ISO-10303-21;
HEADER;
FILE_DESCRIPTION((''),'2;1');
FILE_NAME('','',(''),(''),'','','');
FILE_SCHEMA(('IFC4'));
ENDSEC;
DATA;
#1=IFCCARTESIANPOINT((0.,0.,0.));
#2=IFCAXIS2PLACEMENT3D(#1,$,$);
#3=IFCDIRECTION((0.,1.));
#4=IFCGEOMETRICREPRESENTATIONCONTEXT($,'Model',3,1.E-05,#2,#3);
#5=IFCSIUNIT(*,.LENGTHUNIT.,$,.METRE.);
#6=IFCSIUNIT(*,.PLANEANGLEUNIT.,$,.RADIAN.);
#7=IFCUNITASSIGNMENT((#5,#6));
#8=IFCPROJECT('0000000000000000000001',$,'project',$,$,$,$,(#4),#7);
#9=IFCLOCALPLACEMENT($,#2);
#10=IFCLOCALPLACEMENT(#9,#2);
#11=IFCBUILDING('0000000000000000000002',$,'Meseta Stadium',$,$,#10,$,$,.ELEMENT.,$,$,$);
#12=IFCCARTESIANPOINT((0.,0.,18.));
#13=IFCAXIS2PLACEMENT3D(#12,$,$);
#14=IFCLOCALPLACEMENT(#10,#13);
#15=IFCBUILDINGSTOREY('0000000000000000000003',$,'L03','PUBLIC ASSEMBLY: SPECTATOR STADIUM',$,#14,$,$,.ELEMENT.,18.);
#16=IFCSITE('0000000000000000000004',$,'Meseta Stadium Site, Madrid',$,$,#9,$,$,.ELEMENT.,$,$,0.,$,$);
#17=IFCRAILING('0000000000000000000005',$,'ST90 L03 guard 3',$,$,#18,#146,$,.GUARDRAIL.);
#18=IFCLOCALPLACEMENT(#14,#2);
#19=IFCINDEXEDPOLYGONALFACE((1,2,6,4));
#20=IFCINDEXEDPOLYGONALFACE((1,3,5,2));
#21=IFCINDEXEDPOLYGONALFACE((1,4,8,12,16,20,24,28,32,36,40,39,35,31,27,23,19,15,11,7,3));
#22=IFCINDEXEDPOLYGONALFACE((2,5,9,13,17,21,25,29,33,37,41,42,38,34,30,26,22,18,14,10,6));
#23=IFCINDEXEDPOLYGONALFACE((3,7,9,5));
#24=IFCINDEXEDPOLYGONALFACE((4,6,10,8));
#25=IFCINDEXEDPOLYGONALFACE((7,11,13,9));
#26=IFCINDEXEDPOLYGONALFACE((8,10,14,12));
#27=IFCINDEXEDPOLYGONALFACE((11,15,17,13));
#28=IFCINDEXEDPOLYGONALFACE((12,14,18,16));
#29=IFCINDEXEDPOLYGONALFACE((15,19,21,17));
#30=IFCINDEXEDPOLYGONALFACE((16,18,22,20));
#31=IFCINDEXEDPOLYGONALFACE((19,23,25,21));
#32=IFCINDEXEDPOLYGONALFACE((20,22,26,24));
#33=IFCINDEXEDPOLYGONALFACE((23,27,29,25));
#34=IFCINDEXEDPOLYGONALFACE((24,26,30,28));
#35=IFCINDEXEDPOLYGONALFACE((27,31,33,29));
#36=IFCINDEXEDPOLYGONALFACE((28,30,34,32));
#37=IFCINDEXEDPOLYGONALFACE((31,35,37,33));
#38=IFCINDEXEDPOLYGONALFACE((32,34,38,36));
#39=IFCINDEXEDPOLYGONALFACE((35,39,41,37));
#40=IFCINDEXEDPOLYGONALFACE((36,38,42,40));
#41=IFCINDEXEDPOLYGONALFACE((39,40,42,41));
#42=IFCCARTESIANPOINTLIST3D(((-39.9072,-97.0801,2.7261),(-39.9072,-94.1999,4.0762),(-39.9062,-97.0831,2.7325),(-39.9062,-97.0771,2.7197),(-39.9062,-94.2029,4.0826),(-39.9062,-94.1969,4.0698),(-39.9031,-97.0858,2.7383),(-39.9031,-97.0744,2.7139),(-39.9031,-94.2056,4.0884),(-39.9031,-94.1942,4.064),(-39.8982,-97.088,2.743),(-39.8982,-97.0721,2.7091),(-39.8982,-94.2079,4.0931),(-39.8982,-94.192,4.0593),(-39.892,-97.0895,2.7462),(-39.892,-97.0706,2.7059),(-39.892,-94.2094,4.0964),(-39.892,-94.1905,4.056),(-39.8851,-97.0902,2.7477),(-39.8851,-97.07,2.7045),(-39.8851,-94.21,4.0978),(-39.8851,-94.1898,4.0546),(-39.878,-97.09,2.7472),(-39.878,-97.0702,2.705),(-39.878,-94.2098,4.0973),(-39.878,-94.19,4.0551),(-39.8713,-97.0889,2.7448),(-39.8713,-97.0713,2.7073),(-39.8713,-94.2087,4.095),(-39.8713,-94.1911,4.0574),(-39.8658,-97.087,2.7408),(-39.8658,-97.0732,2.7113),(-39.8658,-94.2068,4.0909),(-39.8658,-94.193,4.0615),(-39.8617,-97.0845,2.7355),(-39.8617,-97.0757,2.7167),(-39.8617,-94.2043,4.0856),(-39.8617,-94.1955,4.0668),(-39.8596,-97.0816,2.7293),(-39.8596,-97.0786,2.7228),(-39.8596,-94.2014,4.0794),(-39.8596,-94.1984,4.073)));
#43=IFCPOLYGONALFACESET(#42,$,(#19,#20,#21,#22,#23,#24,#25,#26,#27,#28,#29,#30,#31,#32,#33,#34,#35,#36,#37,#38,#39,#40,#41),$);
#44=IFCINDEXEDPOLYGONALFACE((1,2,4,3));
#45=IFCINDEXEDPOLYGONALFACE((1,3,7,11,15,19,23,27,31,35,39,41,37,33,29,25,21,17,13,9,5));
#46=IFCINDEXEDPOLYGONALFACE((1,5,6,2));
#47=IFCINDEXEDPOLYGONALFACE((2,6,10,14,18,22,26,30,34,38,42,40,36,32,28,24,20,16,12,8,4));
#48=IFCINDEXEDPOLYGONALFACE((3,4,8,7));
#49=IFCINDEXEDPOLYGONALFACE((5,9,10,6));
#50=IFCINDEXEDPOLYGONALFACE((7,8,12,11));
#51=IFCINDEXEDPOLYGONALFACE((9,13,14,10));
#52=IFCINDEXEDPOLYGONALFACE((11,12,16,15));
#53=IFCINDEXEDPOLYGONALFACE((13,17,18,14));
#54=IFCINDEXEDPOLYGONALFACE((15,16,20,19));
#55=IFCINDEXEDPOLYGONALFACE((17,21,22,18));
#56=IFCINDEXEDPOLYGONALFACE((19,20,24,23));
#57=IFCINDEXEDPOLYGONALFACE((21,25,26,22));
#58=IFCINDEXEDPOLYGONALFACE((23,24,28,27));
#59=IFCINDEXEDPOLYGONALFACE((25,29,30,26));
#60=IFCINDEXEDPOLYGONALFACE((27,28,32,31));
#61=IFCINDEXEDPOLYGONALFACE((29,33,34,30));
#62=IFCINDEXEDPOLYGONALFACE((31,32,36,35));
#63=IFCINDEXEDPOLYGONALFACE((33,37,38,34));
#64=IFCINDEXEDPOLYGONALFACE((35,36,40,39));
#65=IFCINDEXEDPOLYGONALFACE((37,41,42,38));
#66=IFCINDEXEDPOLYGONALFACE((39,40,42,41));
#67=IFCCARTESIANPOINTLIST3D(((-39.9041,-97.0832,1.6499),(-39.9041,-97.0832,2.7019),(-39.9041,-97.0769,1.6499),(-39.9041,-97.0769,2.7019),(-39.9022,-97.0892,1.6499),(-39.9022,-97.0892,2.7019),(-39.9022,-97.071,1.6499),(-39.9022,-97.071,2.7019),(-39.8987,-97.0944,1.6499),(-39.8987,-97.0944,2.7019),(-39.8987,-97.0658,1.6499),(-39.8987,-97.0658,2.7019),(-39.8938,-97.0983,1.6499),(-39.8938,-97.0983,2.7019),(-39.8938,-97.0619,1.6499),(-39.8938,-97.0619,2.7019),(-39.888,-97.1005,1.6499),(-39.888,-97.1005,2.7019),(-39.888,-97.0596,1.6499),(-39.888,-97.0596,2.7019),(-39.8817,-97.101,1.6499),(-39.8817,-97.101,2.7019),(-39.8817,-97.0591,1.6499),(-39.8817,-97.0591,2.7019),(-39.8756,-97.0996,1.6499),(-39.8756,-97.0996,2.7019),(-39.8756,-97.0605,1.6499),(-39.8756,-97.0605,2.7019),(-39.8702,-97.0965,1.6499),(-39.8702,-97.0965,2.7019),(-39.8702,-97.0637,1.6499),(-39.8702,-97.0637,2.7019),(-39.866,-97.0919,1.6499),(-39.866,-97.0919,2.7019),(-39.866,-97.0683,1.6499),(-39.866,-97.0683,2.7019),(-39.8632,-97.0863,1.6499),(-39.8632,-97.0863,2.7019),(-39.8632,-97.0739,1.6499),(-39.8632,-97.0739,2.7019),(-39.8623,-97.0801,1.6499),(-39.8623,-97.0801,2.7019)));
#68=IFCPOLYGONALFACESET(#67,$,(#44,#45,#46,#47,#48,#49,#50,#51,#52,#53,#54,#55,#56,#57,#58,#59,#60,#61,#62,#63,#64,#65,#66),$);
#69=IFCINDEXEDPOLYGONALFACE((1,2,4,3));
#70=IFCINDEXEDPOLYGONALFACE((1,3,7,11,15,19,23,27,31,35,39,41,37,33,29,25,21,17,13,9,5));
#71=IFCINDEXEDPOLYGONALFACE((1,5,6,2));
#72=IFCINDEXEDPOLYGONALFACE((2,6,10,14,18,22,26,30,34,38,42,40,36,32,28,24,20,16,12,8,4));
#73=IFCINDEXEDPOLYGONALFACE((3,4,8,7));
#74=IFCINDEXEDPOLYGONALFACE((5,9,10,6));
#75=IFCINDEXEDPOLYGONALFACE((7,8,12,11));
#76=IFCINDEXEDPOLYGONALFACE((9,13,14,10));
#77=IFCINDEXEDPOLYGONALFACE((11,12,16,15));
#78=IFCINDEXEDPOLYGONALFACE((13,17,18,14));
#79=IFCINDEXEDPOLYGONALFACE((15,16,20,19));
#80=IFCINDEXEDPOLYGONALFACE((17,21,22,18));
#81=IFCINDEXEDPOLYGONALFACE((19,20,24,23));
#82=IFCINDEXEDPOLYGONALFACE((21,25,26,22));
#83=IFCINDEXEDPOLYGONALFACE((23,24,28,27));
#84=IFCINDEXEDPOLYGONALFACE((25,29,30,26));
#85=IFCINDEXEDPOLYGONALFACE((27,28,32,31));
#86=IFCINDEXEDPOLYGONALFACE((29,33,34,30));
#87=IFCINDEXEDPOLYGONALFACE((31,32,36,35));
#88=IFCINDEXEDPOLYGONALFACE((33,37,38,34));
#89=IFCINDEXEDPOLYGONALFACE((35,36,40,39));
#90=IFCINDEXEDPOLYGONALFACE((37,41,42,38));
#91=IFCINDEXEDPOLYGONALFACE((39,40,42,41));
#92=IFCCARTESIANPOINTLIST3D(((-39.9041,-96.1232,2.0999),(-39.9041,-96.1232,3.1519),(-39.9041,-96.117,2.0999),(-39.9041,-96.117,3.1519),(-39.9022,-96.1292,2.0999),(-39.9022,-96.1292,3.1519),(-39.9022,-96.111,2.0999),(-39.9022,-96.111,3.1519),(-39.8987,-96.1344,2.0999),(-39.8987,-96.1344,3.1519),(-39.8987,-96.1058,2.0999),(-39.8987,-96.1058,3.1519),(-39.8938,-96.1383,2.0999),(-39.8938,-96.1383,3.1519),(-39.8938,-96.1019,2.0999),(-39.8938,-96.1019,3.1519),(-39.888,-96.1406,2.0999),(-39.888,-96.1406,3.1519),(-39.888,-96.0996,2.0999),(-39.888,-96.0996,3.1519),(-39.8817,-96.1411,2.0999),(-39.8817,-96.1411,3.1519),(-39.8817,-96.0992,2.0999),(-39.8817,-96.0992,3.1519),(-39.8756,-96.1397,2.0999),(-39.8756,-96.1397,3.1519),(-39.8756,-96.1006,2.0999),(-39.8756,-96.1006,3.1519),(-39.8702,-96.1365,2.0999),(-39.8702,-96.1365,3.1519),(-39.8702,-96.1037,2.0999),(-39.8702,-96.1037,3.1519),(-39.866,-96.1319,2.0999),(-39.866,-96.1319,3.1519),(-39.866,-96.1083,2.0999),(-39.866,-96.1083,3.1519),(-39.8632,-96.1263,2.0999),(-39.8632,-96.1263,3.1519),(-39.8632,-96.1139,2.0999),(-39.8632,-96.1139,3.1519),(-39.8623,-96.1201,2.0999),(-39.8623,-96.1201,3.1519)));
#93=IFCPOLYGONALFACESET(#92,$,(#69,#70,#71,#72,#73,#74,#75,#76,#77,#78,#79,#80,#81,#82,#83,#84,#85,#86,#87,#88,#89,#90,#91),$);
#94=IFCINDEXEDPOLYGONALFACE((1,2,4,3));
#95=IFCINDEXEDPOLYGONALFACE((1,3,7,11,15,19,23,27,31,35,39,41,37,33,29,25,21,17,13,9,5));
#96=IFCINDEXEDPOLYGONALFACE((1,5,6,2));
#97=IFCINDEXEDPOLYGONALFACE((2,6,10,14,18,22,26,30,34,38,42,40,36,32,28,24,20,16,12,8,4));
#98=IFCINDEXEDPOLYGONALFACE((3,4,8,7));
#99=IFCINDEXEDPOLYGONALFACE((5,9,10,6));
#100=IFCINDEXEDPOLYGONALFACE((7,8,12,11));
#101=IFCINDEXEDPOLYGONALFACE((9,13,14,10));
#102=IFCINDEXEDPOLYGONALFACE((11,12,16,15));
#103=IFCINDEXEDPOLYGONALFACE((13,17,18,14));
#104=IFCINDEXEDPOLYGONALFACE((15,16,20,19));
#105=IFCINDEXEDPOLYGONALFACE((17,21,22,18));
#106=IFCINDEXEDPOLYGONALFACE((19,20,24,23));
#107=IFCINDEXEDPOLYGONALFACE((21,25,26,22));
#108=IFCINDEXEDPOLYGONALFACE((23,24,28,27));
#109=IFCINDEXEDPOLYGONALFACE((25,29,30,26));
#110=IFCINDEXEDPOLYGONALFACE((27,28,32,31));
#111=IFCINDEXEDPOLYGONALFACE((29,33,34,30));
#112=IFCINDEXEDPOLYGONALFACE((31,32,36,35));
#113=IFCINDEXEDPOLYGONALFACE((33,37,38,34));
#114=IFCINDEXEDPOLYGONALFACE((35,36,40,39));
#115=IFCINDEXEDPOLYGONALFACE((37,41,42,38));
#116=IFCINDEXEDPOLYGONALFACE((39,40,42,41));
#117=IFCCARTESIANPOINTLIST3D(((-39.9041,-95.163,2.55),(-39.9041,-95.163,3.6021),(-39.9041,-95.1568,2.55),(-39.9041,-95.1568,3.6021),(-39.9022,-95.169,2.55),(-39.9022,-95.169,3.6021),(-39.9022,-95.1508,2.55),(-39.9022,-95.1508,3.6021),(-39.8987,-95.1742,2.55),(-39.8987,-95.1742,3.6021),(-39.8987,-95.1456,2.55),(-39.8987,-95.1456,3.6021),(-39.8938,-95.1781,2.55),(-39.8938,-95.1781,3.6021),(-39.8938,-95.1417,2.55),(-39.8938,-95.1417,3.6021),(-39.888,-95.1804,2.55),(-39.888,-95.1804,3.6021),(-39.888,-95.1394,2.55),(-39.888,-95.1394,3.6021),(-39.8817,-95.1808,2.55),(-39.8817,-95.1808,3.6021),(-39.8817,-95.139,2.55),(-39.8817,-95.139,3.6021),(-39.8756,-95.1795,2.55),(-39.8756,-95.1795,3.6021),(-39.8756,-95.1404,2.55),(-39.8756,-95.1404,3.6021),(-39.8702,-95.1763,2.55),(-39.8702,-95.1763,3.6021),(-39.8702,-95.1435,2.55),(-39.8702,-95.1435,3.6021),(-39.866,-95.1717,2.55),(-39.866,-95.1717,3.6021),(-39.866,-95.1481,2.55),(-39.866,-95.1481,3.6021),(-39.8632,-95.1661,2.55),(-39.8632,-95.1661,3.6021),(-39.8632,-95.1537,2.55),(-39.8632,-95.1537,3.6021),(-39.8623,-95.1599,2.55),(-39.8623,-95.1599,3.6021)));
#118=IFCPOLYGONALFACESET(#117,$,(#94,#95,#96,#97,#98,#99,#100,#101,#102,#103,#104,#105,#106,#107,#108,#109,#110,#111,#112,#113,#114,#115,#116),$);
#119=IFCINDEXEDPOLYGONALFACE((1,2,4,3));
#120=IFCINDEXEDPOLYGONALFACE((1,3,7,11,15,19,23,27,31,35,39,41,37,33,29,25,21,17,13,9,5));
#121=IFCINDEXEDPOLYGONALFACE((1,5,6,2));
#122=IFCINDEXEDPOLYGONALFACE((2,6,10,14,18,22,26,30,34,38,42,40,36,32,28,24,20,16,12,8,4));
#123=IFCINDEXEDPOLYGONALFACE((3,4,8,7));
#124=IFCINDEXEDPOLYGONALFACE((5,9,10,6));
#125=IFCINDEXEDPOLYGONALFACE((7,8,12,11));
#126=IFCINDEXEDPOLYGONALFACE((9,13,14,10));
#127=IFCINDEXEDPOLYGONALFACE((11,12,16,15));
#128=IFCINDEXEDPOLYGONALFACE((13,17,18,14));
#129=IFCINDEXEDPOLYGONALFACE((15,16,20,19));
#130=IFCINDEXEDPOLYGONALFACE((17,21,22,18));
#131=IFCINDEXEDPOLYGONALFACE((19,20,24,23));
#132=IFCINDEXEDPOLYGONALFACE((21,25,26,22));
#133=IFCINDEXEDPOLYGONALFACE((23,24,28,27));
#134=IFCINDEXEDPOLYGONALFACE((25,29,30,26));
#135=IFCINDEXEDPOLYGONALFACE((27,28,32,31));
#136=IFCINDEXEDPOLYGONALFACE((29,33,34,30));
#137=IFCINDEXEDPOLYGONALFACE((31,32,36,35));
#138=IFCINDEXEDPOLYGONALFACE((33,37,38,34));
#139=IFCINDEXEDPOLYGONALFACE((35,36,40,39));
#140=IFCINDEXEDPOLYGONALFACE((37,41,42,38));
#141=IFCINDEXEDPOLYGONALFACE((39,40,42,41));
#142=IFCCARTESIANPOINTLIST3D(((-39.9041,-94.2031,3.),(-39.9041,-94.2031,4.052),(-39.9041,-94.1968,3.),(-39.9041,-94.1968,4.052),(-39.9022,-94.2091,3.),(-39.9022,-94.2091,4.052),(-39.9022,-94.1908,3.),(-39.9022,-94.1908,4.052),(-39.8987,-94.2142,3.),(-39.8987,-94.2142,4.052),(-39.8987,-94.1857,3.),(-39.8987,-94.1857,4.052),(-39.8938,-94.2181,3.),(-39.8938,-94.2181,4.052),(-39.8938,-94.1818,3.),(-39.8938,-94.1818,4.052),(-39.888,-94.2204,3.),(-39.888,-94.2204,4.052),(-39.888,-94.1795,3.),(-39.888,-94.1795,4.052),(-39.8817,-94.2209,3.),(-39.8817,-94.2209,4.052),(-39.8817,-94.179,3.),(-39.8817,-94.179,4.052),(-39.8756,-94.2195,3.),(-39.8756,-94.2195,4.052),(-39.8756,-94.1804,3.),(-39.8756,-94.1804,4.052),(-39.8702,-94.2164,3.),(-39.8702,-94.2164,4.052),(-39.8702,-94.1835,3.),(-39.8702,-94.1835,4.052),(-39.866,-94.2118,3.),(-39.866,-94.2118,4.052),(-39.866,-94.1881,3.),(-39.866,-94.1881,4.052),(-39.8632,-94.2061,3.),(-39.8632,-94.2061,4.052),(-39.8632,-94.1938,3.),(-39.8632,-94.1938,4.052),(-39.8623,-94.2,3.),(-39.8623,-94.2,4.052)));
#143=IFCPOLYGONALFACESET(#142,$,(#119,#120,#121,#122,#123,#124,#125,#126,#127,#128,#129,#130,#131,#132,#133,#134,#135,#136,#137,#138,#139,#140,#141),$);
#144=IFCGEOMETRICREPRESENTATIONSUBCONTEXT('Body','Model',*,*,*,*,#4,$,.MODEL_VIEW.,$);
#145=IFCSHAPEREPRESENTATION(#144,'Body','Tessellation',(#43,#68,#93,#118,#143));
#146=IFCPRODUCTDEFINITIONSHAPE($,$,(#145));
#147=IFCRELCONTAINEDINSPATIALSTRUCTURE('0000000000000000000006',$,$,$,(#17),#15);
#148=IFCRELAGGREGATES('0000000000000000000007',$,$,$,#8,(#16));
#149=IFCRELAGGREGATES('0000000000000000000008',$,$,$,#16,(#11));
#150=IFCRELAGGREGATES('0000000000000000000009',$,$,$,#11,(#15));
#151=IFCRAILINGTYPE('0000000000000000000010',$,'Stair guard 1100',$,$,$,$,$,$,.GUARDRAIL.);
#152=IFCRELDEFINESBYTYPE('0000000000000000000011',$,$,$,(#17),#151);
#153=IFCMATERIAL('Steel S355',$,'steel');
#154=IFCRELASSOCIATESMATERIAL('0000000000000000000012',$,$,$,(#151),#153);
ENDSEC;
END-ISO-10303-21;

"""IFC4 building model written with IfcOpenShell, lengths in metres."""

from ifc_helpers import new_model, si_unit, direction, frame, origin, origin_2d, place, context, subcontext, project, spatial, circle, extrude, material, type_object, element, save


model = new_model("IFC4")

# Units and contexts
model_context = context("Model", 3, precision=1e-05, world=origin(), true_north=direction((0.0, 1.0)))
body_context = subcontext(model_context, "Body", "Model", "MODEL_VIEW")
ifc_project = project(units=[si_unit("LENGTHUNIT", "METRE"), si_unit("PLANEANGLEUNIT", "RADIAN")], contexts=[model_context])

# Site, building, storey
site_placement = place(None, origin())
site = spatial("IfcSite", under=ifc_project, at=site_placement, Name="Meseta Stadium Site, Madrid", CompositionType="ELEMENT", RefElevation=0.0)
building_placement = place(site_placement, origin())
building = spatial("IfcBuilding", under=site, at=building_placement, Name="Meseta Stadium", CompositionType="ELEMENT")
storey_placement = place(building_placement, frame((0.0, 0.0, 18.0)))
storey = spatial("IfcBuildingStorey", under=building, at=storey_placement, Name="L03", Description="PUBLIC ASSEMBLY: SPECTATOR STADIUM", CompositionType="ELEMENT", Elevation=18.0)

# Railing
ifc_material_1 = material(Name="Steel S355", Category="steel")
railing_type_1 = type_object("IfcRailingType", Name="Stair guard 1100", PredefinedType="GUARDRAIL", material=ifc_material_1)
for number, where, name in (
    (1, (-39.8833, -97.0801, 1.6499), "ST90 L03 guard 3"),
):
    element("IfcRailing", number, at=place(storey_placement, frame(where)), inside=storey, type_object=railing_type_1, Name=name, PredefinedType="GUARDRAIL", context=body_context, shape_type="SweptSolid", body=[
        extrude(circle(Radius=0.0239, at=origin_2d()), frame((0.0, 0.0, 1.0762), z_axis=(0.0, 0.905454, 0.424444), x_axis=(-1.0, 0.0, 0.0)), (0.0, 0.0, 1.0), 3.1809),
        extrude(circle(Radius=0.021, at=origin_2d()), origin(), (0.0, 0.0, 1.0), 1.052),
        extrude(circle(Radius=0.021, at=origin_2d()), frame((0.0, 0.96, 0.45)), (0.0, 0.0, 1.0), 1.052),
        extrude(circle(Radius=0.021, at=origin_2d()), frame((0.0, 1.9202, 0.9001)), (0.0, 0.0, 1.0), 1.052),
        extrude(circle(Radius=0.021, at=origin_2d()), frame((0.0, 2.8801, 1.3501)), (0.0, 0.0, 1.0), 1.052),
    ])

save(model, "model.ifc")
